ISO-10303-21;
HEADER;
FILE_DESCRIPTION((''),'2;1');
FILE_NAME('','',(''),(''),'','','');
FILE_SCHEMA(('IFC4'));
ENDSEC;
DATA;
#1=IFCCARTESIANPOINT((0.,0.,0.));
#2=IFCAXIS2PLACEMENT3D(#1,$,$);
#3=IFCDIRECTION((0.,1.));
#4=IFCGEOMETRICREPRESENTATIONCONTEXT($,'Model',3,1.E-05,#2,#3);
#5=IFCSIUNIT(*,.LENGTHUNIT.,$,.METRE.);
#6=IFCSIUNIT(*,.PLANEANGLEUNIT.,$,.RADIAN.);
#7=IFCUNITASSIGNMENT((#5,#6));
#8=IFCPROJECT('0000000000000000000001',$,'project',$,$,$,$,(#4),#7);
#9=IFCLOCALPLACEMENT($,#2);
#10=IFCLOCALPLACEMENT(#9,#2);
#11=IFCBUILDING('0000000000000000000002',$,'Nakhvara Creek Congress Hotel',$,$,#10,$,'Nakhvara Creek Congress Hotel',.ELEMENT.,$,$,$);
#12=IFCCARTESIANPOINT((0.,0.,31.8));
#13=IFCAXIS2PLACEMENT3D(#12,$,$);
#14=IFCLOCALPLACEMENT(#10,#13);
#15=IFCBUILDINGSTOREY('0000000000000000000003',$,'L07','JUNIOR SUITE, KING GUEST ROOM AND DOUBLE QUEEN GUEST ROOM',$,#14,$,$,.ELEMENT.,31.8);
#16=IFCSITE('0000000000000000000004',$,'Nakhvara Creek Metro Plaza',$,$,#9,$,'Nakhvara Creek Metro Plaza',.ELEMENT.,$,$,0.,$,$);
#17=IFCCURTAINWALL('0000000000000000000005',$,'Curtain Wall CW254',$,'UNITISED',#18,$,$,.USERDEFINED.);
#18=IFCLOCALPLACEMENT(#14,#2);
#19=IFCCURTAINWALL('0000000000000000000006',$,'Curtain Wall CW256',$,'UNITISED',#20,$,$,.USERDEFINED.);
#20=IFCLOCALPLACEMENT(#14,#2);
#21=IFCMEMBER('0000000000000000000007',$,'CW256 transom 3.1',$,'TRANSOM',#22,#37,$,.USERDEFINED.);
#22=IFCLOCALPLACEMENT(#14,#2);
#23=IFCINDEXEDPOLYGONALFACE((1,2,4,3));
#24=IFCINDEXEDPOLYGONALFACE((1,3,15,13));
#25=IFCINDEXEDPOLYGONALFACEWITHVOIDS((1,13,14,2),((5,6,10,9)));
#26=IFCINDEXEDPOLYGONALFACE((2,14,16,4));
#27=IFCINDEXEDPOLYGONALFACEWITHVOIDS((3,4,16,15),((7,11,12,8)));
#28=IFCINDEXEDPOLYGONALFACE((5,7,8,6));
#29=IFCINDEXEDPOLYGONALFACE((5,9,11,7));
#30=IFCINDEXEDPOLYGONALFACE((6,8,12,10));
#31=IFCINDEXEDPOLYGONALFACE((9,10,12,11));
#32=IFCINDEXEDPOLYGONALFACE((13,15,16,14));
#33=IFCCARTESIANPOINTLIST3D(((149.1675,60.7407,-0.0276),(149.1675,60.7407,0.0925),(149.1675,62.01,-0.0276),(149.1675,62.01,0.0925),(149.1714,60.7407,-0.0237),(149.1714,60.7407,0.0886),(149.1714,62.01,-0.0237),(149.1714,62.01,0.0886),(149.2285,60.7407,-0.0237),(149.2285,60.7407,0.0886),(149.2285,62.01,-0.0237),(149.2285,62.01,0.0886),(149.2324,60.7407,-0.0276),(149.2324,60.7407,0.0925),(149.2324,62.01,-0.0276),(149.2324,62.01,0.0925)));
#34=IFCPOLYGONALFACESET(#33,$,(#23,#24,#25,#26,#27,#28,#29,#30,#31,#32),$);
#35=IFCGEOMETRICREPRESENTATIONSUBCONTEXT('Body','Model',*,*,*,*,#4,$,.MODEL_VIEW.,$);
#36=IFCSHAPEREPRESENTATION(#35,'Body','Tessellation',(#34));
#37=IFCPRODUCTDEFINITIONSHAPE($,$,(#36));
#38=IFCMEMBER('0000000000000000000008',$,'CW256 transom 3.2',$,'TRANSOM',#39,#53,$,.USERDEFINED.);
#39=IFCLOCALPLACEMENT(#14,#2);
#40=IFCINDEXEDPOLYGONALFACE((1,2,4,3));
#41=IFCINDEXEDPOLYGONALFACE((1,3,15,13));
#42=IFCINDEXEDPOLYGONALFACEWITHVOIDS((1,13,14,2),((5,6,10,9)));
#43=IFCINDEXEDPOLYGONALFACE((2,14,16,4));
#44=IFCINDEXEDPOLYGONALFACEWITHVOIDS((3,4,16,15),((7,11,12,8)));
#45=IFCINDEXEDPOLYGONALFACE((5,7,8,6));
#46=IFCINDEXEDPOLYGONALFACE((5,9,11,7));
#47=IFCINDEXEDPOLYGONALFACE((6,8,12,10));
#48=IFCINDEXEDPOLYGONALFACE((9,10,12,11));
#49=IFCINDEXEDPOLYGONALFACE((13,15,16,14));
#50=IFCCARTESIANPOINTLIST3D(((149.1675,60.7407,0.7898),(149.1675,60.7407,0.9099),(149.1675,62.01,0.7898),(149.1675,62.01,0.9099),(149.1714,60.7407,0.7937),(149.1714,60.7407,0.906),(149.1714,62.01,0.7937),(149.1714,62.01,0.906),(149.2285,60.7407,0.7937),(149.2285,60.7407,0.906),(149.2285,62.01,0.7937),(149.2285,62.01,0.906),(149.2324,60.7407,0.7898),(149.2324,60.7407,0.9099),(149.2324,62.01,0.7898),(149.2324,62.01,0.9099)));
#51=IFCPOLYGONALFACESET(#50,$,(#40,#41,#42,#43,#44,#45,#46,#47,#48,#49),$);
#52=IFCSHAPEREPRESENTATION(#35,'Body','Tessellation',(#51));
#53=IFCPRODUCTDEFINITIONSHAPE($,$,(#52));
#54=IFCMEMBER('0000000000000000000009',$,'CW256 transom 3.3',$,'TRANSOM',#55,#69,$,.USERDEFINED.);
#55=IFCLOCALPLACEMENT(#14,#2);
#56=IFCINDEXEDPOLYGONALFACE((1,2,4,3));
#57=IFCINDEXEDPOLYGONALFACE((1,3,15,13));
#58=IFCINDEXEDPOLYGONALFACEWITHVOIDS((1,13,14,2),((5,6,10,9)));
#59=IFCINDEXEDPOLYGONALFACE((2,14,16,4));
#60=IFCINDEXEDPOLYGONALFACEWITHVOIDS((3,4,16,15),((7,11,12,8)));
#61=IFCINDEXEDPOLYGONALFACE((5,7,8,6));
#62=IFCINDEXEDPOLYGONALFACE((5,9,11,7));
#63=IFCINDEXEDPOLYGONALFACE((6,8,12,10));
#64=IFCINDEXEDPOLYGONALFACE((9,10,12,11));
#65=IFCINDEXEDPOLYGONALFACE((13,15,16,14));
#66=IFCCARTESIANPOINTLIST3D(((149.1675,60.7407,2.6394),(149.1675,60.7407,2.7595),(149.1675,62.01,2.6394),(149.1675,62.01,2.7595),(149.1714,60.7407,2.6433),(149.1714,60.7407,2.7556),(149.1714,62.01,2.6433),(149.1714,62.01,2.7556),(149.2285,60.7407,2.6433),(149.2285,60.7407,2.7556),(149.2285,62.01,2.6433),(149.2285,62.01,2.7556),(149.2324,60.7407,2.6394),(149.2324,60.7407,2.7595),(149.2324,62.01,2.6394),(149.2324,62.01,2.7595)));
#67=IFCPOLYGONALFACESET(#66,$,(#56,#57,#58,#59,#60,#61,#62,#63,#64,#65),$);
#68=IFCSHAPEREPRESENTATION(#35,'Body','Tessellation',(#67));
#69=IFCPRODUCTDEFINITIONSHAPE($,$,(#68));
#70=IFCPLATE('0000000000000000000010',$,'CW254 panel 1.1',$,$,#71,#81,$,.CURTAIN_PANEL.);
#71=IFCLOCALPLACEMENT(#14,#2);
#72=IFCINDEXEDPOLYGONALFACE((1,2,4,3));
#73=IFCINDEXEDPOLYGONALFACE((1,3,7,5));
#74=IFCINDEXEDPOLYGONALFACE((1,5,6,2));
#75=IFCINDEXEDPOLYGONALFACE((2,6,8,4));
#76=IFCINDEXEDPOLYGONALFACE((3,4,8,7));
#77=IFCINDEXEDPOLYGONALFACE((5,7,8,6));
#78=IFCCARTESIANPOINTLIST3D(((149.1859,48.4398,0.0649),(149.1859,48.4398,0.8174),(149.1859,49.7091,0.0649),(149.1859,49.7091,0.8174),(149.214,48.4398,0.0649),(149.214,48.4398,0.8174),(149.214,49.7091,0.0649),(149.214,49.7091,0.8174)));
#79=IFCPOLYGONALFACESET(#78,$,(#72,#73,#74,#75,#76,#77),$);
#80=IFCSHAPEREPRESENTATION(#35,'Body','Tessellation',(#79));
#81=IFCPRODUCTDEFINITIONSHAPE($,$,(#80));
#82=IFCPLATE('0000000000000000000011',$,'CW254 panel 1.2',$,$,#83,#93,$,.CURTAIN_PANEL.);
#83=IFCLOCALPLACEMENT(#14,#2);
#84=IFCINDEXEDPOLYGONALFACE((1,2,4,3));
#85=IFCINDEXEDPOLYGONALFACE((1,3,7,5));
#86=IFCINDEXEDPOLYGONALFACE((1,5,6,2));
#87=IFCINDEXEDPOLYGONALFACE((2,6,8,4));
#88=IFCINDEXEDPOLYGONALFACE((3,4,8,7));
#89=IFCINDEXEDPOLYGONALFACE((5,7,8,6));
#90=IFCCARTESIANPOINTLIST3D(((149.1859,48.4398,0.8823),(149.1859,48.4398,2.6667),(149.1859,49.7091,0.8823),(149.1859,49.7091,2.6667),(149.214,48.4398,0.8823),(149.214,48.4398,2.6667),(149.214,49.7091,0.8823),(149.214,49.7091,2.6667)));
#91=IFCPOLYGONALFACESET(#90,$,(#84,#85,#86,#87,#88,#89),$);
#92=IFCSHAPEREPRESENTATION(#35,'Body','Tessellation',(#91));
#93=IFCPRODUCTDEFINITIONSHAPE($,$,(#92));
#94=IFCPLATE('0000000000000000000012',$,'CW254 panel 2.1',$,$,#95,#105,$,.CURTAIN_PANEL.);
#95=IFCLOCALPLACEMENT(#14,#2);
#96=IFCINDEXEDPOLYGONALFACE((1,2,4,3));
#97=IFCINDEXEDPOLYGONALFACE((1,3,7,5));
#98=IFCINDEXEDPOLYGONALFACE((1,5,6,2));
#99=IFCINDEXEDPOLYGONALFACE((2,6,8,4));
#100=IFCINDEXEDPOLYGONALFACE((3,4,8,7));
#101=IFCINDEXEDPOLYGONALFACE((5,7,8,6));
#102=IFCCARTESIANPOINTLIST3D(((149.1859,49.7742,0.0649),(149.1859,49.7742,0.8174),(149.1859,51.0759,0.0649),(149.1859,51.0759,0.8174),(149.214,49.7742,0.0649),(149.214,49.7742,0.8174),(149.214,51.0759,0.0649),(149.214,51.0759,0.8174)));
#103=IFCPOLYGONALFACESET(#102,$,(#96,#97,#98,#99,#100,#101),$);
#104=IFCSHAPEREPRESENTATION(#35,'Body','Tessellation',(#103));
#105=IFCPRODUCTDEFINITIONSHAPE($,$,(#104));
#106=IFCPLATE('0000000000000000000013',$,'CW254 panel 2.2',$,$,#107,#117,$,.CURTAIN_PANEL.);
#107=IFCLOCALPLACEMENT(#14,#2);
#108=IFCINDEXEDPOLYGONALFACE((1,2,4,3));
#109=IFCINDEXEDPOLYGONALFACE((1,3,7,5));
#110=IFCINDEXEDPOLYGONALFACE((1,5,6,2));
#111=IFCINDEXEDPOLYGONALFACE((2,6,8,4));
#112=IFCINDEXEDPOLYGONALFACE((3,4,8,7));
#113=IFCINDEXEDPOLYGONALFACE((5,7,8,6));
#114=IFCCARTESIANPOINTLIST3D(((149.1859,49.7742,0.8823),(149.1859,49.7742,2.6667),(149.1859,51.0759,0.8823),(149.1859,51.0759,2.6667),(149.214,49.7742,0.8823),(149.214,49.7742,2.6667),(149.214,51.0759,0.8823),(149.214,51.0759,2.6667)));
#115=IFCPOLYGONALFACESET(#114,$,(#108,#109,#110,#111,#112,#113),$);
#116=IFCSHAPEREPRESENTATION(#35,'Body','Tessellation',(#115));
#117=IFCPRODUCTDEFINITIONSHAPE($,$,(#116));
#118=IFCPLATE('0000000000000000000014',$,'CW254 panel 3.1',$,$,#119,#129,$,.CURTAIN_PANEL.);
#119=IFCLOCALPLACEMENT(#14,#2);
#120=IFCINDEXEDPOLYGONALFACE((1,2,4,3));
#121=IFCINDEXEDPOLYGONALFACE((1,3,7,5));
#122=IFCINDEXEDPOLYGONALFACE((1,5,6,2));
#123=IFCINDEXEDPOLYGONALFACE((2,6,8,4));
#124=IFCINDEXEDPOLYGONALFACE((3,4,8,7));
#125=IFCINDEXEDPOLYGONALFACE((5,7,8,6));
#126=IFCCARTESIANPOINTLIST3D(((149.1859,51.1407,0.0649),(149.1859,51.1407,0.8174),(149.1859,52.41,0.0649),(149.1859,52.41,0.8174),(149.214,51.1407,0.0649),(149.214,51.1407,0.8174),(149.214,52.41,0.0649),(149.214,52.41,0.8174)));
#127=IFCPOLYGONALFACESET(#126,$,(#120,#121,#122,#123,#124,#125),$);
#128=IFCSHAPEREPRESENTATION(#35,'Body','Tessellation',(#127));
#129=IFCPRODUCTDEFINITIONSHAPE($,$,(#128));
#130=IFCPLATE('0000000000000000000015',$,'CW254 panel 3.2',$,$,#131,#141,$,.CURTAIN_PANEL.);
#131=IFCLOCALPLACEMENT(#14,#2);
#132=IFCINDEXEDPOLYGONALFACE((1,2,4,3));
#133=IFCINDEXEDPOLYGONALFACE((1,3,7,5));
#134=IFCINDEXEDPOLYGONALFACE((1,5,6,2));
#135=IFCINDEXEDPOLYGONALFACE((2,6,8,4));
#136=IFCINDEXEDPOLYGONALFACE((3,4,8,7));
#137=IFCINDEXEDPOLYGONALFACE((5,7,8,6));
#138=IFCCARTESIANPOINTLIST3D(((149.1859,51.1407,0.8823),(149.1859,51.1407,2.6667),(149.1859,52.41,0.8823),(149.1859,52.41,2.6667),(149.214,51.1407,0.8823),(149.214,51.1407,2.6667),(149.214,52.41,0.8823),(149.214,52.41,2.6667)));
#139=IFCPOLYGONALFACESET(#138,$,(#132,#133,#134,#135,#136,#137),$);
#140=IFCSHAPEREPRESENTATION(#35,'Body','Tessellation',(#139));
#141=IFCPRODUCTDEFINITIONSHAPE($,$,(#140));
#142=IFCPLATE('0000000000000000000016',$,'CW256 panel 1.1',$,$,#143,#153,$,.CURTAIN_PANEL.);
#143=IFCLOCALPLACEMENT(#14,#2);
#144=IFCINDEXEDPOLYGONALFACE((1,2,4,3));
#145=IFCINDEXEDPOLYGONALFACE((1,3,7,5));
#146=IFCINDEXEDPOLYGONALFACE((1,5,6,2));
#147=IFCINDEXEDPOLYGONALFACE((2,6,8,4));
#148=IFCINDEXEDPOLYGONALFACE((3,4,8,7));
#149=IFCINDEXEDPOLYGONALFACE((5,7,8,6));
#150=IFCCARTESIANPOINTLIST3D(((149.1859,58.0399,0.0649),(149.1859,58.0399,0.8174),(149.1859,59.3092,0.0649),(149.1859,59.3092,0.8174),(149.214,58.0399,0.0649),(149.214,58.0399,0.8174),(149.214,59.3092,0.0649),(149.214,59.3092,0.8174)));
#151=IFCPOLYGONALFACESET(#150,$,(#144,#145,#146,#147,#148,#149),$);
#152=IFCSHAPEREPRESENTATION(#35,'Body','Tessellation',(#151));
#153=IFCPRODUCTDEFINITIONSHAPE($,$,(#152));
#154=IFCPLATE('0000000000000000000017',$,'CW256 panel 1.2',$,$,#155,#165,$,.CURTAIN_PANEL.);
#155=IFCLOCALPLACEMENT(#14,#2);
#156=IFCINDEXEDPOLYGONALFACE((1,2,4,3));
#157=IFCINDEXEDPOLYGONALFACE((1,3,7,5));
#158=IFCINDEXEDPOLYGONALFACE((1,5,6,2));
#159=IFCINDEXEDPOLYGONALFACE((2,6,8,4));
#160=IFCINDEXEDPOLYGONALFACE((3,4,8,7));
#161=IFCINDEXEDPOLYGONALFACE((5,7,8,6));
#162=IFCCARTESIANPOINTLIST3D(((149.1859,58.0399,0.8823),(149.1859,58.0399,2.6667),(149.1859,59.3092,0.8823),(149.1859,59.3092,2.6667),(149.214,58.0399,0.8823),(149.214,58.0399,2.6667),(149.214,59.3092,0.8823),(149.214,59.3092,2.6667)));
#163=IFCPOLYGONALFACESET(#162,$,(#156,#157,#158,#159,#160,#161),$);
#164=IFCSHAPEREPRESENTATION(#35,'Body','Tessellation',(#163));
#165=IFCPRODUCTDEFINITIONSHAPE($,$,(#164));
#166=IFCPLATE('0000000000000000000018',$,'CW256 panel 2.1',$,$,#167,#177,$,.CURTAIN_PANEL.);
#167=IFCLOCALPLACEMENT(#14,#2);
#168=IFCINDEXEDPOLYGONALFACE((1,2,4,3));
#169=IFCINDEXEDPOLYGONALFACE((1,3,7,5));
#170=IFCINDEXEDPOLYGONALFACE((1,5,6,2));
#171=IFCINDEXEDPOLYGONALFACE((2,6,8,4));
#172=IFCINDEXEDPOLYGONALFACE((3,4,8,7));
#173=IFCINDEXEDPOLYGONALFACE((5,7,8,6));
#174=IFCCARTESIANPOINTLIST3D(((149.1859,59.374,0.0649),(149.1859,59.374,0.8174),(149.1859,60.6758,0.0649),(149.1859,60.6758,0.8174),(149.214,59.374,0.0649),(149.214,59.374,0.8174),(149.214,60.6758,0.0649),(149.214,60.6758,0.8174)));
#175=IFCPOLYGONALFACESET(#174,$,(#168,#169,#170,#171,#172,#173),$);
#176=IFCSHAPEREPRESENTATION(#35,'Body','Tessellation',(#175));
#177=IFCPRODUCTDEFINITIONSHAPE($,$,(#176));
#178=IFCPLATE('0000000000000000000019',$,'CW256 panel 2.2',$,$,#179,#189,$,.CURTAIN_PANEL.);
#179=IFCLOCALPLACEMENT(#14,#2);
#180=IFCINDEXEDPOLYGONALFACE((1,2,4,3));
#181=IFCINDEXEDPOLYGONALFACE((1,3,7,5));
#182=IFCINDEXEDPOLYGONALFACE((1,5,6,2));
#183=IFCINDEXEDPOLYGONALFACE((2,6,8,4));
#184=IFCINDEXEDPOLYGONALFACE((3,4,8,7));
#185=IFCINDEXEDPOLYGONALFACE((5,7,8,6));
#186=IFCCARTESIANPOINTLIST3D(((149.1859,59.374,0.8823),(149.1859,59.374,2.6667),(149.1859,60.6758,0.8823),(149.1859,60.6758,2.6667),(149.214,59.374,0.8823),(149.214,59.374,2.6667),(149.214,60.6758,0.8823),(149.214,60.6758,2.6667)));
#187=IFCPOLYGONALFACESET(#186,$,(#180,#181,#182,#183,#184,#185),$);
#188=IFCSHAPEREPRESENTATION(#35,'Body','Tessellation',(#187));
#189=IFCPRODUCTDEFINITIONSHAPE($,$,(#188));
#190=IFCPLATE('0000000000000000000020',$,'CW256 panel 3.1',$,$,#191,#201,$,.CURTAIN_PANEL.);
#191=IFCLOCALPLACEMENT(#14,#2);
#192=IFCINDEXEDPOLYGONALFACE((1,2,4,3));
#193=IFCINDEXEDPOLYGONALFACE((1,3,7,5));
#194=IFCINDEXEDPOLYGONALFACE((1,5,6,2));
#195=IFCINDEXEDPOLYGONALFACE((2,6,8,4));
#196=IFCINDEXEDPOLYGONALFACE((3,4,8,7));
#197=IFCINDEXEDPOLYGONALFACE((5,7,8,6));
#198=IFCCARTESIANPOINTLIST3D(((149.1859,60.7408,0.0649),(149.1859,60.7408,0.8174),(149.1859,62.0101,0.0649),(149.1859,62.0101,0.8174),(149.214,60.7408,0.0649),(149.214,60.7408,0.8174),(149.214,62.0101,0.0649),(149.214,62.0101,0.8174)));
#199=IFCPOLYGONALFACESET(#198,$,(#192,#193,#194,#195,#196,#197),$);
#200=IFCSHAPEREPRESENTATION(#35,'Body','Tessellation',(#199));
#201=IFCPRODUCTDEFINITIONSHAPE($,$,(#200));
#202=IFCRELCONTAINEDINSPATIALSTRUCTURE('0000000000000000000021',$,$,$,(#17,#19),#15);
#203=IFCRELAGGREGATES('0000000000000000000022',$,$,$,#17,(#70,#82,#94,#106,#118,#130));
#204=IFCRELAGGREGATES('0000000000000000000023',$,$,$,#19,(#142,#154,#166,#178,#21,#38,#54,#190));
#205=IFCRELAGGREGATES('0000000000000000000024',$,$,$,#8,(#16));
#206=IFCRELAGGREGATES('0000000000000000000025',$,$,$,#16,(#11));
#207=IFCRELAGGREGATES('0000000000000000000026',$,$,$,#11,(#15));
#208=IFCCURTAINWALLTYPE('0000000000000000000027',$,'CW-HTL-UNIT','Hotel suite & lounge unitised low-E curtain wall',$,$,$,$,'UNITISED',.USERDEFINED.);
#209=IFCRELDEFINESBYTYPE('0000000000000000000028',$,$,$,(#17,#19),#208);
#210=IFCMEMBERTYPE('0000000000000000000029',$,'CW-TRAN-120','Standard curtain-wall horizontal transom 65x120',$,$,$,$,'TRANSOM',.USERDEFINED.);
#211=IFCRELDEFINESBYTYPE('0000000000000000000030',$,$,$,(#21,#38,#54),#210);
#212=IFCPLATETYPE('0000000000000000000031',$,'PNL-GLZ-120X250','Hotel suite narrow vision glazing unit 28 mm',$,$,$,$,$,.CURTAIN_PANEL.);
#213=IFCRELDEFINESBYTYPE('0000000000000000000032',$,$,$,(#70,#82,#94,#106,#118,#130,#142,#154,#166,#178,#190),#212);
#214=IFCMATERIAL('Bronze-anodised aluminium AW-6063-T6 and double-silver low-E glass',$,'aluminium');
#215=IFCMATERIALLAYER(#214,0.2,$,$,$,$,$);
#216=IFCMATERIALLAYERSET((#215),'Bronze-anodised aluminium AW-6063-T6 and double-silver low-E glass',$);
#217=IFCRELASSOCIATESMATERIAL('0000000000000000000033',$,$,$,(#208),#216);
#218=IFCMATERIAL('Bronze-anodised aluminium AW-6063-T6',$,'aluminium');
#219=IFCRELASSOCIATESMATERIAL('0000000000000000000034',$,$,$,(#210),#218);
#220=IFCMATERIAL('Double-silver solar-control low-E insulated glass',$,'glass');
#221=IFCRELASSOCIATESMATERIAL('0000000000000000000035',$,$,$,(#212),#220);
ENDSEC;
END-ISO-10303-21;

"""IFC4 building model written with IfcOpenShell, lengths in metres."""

from ifc_helpers import new_model, si_unit, direction, frame, origin, origin_2d, place, context, subcontext, project, spatial, rectangle, hollow_rectangle, extrude, material, layer, layer_set, material_profile, profile_set, type_object, element, aggregate, save


model = new_model("IFC4")

# Units and contexts
model_context = context("Model", 3, precision=1e-05, world=origin(), true_north=direction((0.0, 1.0)))
body_context = subcontext(model_context, "Body", "Model", "MODEL_VIEW")
ifc_project = project(units=[si_unit("LENGTHUNIT", "METRE"), si_unit("PLANEANGLEUNIT", "RADIAN")], contexts=[model_context])

# Site, building, storey
site_placement = place(None, origin())
site = spatial("IfcSite", under=ifc_project, at=site_placement, Name="Nakhvara Creek Metro Plaza", LongName="Nakhvara Creek Metro Plaza", CompositionType="ELEMENT", RefElevation=0.0)
building_placement = place(site_placement, origin())
building = spatial("IfcBuilding", under=site, at=building_placement, Name="Nakhvara Creek Congress Hotel", LongName="Nakhvara Creek Congress Hotel", CompositionType="ELEMENT")
storey_placement = place(building_placement, frame((0.0, 0.0, 31.8)))
storey = spatial("IfcBuildingStorey", under=building, at=storey_placement, Name="L07", Description="JUNIOR SUITE, KING GUEST ROOM AND DOUBLE QUEEN GUEST ROOM", CompositionType="ELEMENT", Elevation=31.8)

# Curtain walls
ifc_material_1 = material(Name="Bronze-anodised aluminium AW-6063-T6 and double-silver low-E glass", Category="aluminium")
ifc_layer = layer(ifc_material_1, 0.2)
ifc_layer_set = layer_set([ifc_layer], Name="Bronze-anodised aluminium AW-6063-T6 and double-silver low-E glass")
curtain_wall_type = type_object("IfcCurtainWallType", Name="CW-HTL-UNIT", Description="Hotel suite & lounge unitised low-E curtain wall", ElementType="UNITISED", PredefinedType="USERDEFINED", material=ifc_layer_set)
curtain_wall_1_placement = place(storey_placement, origin())
curtain_wall_1 = element("IfcCurtainWall", 1, at=curtain_wall_1_placement, inside=storey, type_object=curtain_wall_type, Name="Curtain Wall CW254", ObjectType="UNITISED", PredefinedType="USERDEFINED")
ifc_material_2 = material(Name="Bronze-anodised aluminium AW-6063-T6", Category="aluminium")
curtain_wall_2_placement = place(storey_placement, origin())
curtain_wall_2 = element("IfcCurtainWall", 2, at=curtain_wall_2_placement, inside=storey, type_object=curtain_wall_type, Name="Curtain Wall CW256", ObjectType="UNITISED", PredefinedType="USERDEFINED")

# Members
ifc_material_profile_1 = material_profile(ifc_material_2, hollow_rectangle(XDim=0.0649, YDim=0.1201, WallThickness=0.0039, at=origin_2d()), Name="ALU-TRAN 65x120x4", Category="LoadBearing")
ifc_profile_set_1 = profile_set([ifc_material_profile_1], Name="Bronze-anodised aluminium AW-6063-T6")
member_type_1 = type_object("IfcMemberType", Name="CW-TRAN-120", Description="Standard curtain-wall horizontal transom 65x120", ElementType="TRANSOM", PredefinedType="USERDEFINED", material=ifc_profile_set_1)
member_1_placement = place(storey_placement, frame((149.2, 60.7407, 0.0325), z_axis=(0.0, 1.0, 0.0), x_axis=(-1.0, 0.0, 0.0)))
member_1 = element("IfcMember", 3, at=member_1_placement, type_object=member_type_1, Name="CW256 transom 3.1", ObjectType="TRANSOM", PredefinedType="USERDEFINED", context=body_context, shape_type="SweptSolid", body=[
    extrude(hollow_rectangle(XDim=0.0649, YDim=0.1201, WallThickness=0.0039, at=origin_2d()), origin(), (0.0, 0.0, 1.0), 1.2693),
])
member_2_placement = place(storey_placement, frame((149.2, 60.7407, 0.8499), z_axis=(0.0, 1.0, 0.0), x_axis=(-1.0, 0.0, 0.0)))
member_2 = element("IfcMember", 4, at=member_2_placement, type_object=member_type_1, Name="CW256 transom 3.2", ObjectType="TRANSOM", PredefinedType="USERDEFINED", context=body_context, shape_type="SweptSolid", body=[
    extrude(hollow_rectangle(XDim=0.0649, YDim=0.1201, WallThickness=0.0039, at=origin_2d()), origin(), (0.0, 0.0, 1.0), 1.2693),
])
member_3_placement = place(storey_placement, frame((149.2, 60.7407, 2.6995), z_axis=(0.0, 1.0, 0.0), x_axis=(-1.0, 0.0, 0.0)))
member_3 = element("IfcMember", 5, at=member_3_placement, type_object=member_type_1, Name="CW256 transom 3.3", ObjectType="TRANSOM", PredefinedType="USERDEFINED", context=body_context, shape_type="SweptSolid", body=[
    extrude(hollow_rectangle(XDim=0.0649, YDim=0.1201, WallThickness=0.0039, at=origin_2d()), origin(), (0.0, 0.0, 1.0), 1.2693),
])

# Plates
ifc_material_3 = material(Name="Double-silver solar-control low-E insulated glass", Category="glass")
plate_type = type_object("IfcPlateType", Name="PNL-GLZ-120X250", Description="Hotel suite narrow vision glazing unit 28 mm", PredefinedType="CURTAIN_PANEL", material=ifc_material_3)
plate_1_placement = place(storey_placement, frame((149.2, 49.0745, 0.0649), z_axis=(0.0, 0.0, 1.0), x_axis=(0.0, 1.0, 0.0)))
plate_1 = element("IfcPlate", 6, at=plate_1_placement, type_object=plate_type, Name="CW254 panel 1.1", PredefinedType="CURTAIN_PANEL", context=body_context, shape_type="SweptSolid", body=[
    extrude(rectangle(XDim=1.2693, YDim=0.0281, at=origin_2d()), origin(), (0.0, 0.0, 1.0), 0.7524),
])
plate_2_placement = place(storey_placement, frame((149.2, 49.0745, 0.8823), z_axis=(0.0, 0.0, 1.0), x_axis=(0.0, 1.0, 0.0)))
plate_2 = element("IfcPlate", 7, at=plate_2_placement, type_object=plate_type, Name="CW254 panel 1.2", PredefinedType="CURTAIN_PANEL", context=body_context, shape_type="SweptSolid", body=[
    extrude(rectangle(XDim=1.2693, YDim=0.0281, at=origin_2d()), origin(), (0.0, 0.0, 1.0), 1.7844),
])
plate_3_placement = place(storey_placement, frame((149.2, 50.425, 0.0649), z_axis=(0.0, 0.0, 1.0), x_axis=(0.0, 1.0, 0.0)))
plate_3 = element("IfcPlate", 8, at=plate_3_placement, type_object=plate_type, Name="CW254 panel 2.1", PredefinedType="CURTAIN_PANEL", context=body_context, shape_type="SweptSolid", body=[
    extrude(rectangle(XDim=1.3018, YDim=0.0281, at=origin_2d()), origin(), (0.0, 0.0, 1.0), 0.7524),
])
plate_4_placement = place(storey_placement, frame((149.2, 50.425, 0.8823), z_axis=(0.0, 0.0, 1.0), x_axis=(0.0, 1.0, 0.0)))
plate_4 = element("IfcPlate", 9, at=plate_4_placement, type_object=plate_type, Name="CW254 panel 2.2", PredefinedType="CURTAIN_PANEL", context=body_context, shape_type="SweptSolid", body=[
    extrude(rectangle(XDim=1.3018, YDim=0.0281, at=origin_2d()), origin(), (0.0, 0.0, 1.0), 1.7844),
])
plate_5_placement = place(storey_placement, frame((149.2, 51.7754, 0.0649), z_axis=(0.0, 0.0, 1.0), x_axis=(0.0, 1.0, 0.0)))
plate_5 = element("IfcPlate", 10, at=plate_5_placement, type_object=plate_type, Name="CW254 panel 3.1", PredefinedType="CURTAIN_PANEL", context=body_context, shape_type="SweptSolid", body=[
    extrude(rectangle(XDim=1.2693, YDim=0.0281, at=origin_2d()), origin(), (0.0, 0.0, 1.0), 0.7524),
])
plate_6_placement = place(storey_placement, frame((149.2, 51.7754, 0.8823), z_axis=(0.0, 0.0, 1.0), x_axis=(0.0, 1.0, 0.0)))
plate_6 = element("IfcPlate", 11, at=plate_6_placement, type_object=plate_type, Name="CW254 panel 3.2", PredefinedType="CURTAIN_PANEL", context=body_context, shape_type="SweptSolid", body=[
    extrude(rectangle(XDim=1.2693, YDim=0.0281, at=origin_2d()), origin(), (0.0, 0.0, 1.0), 1.7844),
])
aggregate(curtain_wall_1, [plate_1, plate_2, plate_3, plate_4, plate_5, plate_6])
plate_7_placement = place(storey_placement, frame((149.2, 58.6746, 0.0649), z_axis=(0.0, 0.0, 1.0), x_axis=(0.0, 1.0, 0.0)))
plate_7 = element("IfcPlate", 12, at=plate_7_placement, type_object=plate_type, Name="CW256 panel 1.1", PredefinedType="CURTAIN_PANEL", context=body_context, shape_type="SweptSolid", body=[
    extrude(rectangle(XDim=1.2693, YDim=0.0281, at=origin_2d()), origin(), (0.0, 0.0, 1.0), 0.7524),
])
plate_8_placement = place(storey_placement, frame((149.2, 58.6746, 0.8823), z_axis=(0.0, 0.0, 1.0), x_axis=(0.0, 1.0, 0.0)))
plate_8 = element("IfcPlate", 13, at=plate_8_placement, type_object=plate_type, Name="CW256 panel 1.2", PredefinedType="CURTAIN_PANEL", context=body_context, shape_type="SweptSolid", body=[
    extrude(rectangle(XDim=1.2693, YDim=0.0281, at=origin_2d()), origin(), (0.0, 0.0, 1.0), 1.7844),
])
plate_9_placement = place(storey_placement, frame((149.2, 60.0249, 0.0649), z_axis=(0.0, 0.0, 1.0), x_axis=(0.0, 1.0, 0.0)))
plate_9 = element("IfcPlate", 14, at=plate_9_placement, type_object=plate_type, Name="CW256 panel 2.1", PredefinedType="CURTAIN_PANEL", context=body_context, shape_type="SweptSolid", body=[
    extrude(rectangle(XDim=1.3018, YDim=0.0281, at=origin_2d()), origin(), (0.0, 0.0, 1.0), 0.7524),
])
plate_10_placement = place(storey_placement, frame((149.2, 60.0249, 0.8823), z_axis=(0.0, 0.0, 1.0), x_axis=(0.0, 1.0, 0.0)))
plate_10 = element("IfcPlate", 15, at=plate_10_placement, type_object=plate_type, Name="CW256 panel 2.2", PredefinedType="CURTAIN_PANEL", context=body_context, shape_type="SweptSolid", body=[
    extrude(rectangle(XDim=1.3018, YDim=0.0281, at=origin_2d()), origin(), (0.0, 0.0, 1.0), 1.7844),
])
plate_11_placement = place(storey_placement, frame((149.2, 61.3755, 0.0649), z_axis=(0.0, 0.0, 1.0), x_axis=(0.0, 1.0, 0.0)))
plate_11 = element("IfcPlate", 16, at=plate_11_placement, type_object=plate_type, Name="CW256 panel 3.1", PredefinedType="CURTAIN_PANEL", context=body_context, shape_type="SweptSolid", body=[
    extrude(rectangle(XDim=1.2693, YDim=0.0281, at=origin_2d()), origin(), (0.0, 0.0, 1.0), 0.7524),
])
aggregate(curtain_wall_2, [plate_7, plate_8, plate_9, plate_10, member_1, member_2, member_3, plate_11])

save(model, "model.ifc")
